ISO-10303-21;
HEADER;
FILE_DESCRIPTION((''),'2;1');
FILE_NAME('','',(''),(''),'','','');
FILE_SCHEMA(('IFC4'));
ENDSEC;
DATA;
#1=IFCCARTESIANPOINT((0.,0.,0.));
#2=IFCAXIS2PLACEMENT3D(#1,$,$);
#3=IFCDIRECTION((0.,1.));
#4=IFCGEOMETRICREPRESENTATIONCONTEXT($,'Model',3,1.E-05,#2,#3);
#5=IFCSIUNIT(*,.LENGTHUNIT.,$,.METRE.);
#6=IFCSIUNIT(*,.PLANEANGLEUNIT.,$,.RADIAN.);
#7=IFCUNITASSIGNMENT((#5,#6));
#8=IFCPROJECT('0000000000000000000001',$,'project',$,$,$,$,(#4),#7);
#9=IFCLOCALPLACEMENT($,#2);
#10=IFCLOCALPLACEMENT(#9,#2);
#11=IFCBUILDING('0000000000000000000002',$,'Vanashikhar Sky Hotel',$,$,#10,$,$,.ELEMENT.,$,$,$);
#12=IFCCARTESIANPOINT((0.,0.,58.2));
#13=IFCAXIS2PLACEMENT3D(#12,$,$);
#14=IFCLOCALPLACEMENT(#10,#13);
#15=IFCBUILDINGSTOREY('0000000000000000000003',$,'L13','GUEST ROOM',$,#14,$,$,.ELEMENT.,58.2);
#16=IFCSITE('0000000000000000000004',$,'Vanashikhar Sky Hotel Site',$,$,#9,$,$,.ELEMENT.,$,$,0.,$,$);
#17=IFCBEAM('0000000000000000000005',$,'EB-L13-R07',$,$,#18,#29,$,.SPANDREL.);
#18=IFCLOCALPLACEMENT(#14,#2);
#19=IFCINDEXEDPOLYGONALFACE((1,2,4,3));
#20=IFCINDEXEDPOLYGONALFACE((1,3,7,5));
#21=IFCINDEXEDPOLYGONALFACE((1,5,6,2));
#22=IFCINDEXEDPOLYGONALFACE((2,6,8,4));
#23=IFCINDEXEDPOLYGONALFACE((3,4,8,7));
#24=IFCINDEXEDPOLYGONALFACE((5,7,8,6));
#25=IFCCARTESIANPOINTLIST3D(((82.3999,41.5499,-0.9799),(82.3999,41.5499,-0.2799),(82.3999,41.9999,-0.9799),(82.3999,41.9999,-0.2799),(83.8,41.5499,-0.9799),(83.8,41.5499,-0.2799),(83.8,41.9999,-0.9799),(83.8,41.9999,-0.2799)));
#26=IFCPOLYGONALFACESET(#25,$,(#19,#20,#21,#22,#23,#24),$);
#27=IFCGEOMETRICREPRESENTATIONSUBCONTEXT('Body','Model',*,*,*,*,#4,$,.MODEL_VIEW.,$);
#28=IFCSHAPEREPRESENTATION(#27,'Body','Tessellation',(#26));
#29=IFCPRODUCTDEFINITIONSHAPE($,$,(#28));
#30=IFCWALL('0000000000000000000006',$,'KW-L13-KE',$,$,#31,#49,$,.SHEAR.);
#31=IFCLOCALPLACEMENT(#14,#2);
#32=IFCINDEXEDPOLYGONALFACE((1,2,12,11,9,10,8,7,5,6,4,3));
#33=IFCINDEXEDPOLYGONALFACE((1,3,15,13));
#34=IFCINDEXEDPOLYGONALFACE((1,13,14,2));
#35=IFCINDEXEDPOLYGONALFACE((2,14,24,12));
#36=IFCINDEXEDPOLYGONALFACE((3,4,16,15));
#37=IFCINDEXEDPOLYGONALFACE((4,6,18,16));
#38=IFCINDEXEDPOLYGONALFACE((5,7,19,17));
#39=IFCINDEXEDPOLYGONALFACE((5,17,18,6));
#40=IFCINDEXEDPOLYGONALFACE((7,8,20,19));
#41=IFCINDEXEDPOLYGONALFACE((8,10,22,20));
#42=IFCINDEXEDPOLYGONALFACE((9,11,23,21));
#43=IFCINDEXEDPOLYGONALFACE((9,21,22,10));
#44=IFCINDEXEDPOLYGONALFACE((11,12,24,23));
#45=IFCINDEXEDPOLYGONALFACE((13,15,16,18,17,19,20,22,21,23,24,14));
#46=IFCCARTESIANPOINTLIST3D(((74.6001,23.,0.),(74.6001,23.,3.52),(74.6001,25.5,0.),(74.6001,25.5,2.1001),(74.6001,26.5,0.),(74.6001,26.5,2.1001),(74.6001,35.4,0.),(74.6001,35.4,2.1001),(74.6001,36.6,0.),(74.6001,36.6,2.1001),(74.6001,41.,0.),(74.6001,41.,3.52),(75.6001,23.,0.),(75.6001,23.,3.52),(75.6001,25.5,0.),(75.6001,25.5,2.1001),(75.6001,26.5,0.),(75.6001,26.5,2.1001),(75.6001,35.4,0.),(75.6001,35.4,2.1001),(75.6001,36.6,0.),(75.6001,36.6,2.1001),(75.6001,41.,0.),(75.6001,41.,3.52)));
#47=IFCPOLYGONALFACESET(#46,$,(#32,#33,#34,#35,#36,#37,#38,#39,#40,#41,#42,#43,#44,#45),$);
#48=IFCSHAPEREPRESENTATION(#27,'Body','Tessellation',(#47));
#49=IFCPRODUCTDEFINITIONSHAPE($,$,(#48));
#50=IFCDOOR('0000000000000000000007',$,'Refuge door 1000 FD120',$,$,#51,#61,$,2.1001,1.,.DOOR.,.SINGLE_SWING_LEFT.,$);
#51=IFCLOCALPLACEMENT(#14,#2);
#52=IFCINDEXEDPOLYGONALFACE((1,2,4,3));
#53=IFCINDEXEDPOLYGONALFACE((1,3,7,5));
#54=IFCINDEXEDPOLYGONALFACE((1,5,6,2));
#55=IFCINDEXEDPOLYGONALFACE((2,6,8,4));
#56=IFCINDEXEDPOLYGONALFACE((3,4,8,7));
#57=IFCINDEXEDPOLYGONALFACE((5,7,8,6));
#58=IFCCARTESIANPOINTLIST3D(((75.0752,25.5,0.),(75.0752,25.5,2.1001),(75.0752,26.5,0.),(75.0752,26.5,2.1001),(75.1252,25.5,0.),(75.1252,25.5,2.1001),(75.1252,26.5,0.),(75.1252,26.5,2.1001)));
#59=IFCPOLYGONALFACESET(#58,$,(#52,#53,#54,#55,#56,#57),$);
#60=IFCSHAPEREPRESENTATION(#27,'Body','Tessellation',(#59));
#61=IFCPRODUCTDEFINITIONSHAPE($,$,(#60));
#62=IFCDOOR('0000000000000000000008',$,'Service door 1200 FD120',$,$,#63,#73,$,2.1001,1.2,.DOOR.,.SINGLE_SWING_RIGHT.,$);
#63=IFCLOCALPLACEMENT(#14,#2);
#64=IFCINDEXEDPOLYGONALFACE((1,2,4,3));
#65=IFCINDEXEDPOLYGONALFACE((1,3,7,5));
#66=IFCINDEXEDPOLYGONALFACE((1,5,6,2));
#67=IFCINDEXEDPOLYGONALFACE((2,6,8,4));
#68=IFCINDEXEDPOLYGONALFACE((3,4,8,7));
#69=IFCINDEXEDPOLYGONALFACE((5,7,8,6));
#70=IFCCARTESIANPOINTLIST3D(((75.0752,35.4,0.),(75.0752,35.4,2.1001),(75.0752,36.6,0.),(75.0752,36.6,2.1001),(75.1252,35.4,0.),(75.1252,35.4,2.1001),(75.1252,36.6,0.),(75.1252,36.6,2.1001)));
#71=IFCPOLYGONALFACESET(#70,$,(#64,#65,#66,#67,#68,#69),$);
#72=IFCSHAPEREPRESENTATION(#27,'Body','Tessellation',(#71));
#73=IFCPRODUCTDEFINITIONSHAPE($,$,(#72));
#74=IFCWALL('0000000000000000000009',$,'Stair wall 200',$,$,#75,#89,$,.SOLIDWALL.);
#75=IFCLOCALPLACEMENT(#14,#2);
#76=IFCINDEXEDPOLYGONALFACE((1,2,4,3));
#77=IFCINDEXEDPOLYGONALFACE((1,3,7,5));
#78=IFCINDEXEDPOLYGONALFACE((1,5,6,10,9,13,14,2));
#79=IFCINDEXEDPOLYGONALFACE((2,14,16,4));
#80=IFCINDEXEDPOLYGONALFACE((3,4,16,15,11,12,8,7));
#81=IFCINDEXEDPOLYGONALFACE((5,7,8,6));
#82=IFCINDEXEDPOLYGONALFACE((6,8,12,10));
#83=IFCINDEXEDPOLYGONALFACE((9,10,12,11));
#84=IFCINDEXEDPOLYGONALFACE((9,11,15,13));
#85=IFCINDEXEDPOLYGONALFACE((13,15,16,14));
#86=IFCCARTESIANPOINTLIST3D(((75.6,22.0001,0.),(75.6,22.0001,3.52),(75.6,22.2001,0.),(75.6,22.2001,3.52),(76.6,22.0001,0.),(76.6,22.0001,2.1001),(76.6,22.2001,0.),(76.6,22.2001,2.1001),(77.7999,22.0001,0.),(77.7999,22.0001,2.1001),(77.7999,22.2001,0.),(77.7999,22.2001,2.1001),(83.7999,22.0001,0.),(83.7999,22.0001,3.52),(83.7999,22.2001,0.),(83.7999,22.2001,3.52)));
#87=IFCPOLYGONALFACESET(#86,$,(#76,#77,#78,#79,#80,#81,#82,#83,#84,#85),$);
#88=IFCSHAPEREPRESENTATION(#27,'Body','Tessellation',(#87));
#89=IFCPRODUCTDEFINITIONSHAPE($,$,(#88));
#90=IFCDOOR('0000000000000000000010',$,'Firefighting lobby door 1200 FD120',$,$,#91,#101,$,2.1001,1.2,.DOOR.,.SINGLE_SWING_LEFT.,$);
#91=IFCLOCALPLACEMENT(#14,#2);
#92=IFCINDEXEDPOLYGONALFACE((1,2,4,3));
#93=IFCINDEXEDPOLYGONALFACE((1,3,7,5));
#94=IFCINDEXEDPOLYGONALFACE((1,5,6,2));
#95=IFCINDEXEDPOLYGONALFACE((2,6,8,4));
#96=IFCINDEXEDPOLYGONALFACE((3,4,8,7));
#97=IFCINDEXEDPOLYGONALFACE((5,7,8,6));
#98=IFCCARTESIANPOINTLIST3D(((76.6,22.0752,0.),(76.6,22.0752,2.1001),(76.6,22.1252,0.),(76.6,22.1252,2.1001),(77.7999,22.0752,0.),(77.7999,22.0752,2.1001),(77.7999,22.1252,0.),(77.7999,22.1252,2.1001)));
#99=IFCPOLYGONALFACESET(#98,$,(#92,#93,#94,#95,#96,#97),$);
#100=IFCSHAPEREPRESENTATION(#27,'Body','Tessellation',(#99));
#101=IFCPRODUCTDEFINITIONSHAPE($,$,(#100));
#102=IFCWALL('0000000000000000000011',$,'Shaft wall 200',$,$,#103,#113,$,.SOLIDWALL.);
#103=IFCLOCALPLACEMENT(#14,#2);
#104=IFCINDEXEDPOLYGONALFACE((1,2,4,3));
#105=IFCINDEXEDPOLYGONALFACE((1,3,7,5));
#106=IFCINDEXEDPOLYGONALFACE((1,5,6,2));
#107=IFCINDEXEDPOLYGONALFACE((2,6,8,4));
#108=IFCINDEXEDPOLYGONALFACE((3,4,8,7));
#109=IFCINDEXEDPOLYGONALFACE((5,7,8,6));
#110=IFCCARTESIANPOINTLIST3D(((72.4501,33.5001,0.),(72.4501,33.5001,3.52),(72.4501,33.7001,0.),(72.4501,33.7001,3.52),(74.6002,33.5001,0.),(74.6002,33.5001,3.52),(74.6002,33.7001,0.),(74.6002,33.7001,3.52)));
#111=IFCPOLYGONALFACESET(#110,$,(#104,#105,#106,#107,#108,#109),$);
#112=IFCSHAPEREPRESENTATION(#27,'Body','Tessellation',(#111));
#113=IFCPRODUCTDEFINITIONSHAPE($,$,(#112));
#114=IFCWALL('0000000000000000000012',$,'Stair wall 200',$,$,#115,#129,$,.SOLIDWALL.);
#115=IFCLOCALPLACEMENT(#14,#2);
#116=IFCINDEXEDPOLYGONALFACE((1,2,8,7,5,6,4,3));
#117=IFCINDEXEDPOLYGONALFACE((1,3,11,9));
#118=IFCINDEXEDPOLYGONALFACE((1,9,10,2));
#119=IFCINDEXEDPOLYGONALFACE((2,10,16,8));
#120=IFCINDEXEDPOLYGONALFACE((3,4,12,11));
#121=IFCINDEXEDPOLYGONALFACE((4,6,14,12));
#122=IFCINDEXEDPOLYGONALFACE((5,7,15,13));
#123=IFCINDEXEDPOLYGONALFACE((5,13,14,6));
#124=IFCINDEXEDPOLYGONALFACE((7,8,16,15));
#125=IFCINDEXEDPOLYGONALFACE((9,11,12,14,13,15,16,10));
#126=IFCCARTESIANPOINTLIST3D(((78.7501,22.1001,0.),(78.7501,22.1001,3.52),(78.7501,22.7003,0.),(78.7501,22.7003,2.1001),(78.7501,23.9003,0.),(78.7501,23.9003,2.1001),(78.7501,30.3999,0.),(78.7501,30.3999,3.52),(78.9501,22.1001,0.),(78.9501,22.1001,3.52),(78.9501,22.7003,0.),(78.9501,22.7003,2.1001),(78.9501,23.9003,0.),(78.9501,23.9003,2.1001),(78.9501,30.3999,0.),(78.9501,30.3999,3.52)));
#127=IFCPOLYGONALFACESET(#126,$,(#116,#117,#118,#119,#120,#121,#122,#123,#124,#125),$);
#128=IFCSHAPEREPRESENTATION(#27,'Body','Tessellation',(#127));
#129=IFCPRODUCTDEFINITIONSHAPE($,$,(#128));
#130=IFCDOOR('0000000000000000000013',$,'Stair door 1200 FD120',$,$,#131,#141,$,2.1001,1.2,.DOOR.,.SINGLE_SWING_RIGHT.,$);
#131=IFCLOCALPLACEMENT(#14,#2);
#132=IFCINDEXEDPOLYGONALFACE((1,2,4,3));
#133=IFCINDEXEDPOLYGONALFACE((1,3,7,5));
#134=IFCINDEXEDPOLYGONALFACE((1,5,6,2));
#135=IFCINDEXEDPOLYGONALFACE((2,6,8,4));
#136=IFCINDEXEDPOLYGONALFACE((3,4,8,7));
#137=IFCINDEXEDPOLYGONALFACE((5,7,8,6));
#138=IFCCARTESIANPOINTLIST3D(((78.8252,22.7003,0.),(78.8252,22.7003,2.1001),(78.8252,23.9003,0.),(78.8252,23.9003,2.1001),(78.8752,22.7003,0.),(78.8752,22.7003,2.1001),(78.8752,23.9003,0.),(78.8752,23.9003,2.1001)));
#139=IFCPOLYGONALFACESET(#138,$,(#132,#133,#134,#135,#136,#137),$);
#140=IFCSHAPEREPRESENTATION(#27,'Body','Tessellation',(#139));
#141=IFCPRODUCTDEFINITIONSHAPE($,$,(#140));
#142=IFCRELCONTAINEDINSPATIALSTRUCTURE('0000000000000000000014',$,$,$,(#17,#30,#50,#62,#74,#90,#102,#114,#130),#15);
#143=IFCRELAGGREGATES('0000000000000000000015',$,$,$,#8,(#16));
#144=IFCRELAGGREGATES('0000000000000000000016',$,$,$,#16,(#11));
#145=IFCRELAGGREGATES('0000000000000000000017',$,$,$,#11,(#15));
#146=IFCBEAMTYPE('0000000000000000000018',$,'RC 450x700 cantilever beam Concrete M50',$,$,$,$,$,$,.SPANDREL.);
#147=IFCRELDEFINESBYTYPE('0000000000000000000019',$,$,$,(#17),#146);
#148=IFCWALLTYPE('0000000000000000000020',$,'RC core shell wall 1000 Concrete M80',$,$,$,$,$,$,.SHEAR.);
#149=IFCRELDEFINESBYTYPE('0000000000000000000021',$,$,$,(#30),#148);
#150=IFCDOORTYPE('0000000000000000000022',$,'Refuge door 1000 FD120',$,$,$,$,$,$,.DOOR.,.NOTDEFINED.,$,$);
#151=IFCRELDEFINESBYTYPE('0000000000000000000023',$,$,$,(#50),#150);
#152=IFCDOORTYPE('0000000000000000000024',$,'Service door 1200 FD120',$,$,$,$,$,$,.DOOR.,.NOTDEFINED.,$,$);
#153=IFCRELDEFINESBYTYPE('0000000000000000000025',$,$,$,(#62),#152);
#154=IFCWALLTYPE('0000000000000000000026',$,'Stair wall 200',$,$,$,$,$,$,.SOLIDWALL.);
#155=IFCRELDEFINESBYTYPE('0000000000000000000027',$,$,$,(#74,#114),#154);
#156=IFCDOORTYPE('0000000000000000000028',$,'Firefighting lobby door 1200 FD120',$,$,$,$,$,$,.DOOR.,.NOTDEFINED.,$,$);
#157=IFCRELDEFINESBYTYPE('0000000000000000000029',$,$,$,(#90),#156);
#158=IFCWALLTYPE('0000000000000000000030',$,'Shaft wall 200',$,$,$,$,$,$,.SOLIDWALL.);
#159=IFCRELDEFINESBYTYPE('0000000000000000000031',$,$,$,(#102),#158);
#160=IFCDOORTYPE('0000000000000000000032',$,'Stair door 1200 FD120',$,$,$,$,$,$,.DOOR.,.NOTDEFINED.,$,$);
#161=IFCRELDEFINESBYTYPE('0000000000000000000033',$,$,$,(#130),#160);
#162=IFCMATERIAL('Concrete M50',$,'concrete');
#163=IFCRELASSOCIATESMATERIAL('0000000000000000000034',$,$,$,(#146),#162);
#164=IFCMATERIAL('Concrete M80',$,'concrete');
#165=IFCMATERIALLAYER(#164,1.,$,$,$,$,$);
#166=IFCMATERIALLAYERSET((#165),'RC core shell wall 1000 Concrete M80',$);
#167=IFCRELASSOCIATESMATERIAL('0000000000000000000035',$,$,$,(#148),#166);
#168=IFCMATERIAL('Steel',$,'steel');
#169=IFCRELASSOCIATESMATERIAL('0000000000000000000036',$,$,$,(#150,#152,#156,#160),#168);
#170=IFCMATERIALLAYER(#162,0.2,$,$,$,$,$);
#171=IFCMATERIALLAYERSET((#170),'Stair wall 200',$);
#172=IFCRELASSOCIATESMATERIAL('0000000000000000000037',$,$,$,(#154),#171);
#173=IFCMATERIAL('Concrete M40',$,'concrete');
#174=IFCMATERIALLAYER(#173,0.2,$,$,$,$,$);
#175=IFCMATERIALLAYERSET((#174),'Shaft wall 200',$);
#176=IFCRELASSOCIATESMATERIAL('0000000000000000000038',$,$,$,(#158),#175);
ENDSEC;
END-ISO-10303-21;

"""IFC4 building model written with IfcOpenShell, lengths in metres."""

from ifc_helpers import new_model, si_unit, direction, frame, frame_2d, origin, origin_2d, place, context, subcontext, project, spatial, rectangle, extrude, source, transform, mapped, material, layer, layer_set, material_profile, profile_set, type_object, element, fill, save


model = new_model("IFC4")

# Units and contexts
model_context = context("Model", 3, precision=1e-05, world=origin(), true_north=direction((0.0, 1.0)))
body_context = subcontext(model_context, "Body", "Model", "MODEL_VIEW")
ifc_project = project(units=[si_unit("LENGTHUNIT", "METRE"), si_unit("PLANEANGLEUNIT", "RADIAN")], contexts=[model_context])

# Site, building, storey
site_placement = place(None, origin())
site = spatial("IfcSite", under=ifc_project, at=site_placement, Name="Vanashikhar Sky Hotel Site", CompositionType="ELEMENT", RefElevation=0.0)
building_placement = place(site_placement, origin())
building = spatial("IfcBuilding", under=site, at=building_placement, Name="Vanashikhar Sky Hotel", CompositionType="ELEMENT")
storey_placement = place(building_placement, frame((0.0, 0.0, 58.2)))
storey = spatial("IfcBuildingStorey", under=building, at=storey_placement, Name="L13", Description="GUEST ROOM", CompositionType="ELEMENT", Elevation=58.2)

# Beam
ifc_material_1 = material(Name="Concrete M50", Category="concrete")
ifc_material_profile = material_profile(ifc_material_1, rectangle(XDim=0.45, YDim=0.7, at=origin_2d()))
ifc_profile_set = profile_set([ifc_material_profile], Name="RC 450x700 cantilever beam Concrete M50")
beam_type = type_object("IfcBeamType", Name="RC 450x700 cantilever beam Concrete M50", PredefinedType="SPANDREL", material=ifc_profile_set)
shared_shape_1 = source(origin(), body_context, "Body", "SweptSolid", [
    extrude(rectangle(XDim=0.45, YDim=0.7, at=origin_2d()), origin(), (0.0, 0.0, 1.0), 1.4001),
])
beam_placement = place(storey_placement, frame((82.3999, 41.7749, -0.6299), z_axis=(1.0, 0.0, 0.0), x_axis=(0.0, 1.0, 0.0)))
element("IfcBeam", 1, at=beam_placement, inside=storey, type_object=beam_type, Name="EB-L13-R07", PredefinedType="SPANDREL", context=body_context, shape_type="MappedRepresentation", body=[
    mapped(shared_shape_1, transform((0.0, 0.0, 0.0), scale=1.0)),
])

# Wall, openings, doors
ifc_material_2 = material(Name="Concrete M80", Category="concrete")
ifc_layer_1 = layer(ifc_material_2, 1.0)
ifc_layer_set_1 = layer_set([ifc_layer_1], Name="RC core shell wall 1000 Concrete M80")
wall_type_1 = type_object("IfcWallType", Name="RC core shell wall 1000 Concrete M80", PredefinedType="SHEAR", material=ifc_layer_set_1)
shared_shape_2 = source(origin(), body_context, "Body", "SweptSolid", [
    extrude(rectangle(XDim=18.0, YDim=1.0, at=frame_2d((9.0, 0.0))), origin(), (0.0, 0.0, 1.0), 3.52),
])
wall_1_placement = place(storey_placement, frame((75.1001, 23.0, 0.0), z_axis=(0.0, 0.0, 1.0), x_axis=(0.0, 1.0, 0.0)))
wall_1 = element("IfcWall", 2, at=wall_1_placement, inside=storey, type_object=wall_type_1, Name="KW-L13-KE", PredefinedType="SHEAR", context=body_context, shape_type="MappedRepresentation", body=[
    mapped(shared_shape_2, transform((0.0, 0.0, 0.0), scale=1.0)),
])
shared_shape_3 = source(origin(), body_context, "Body", "SweptSolid", [
    extrude(rectangle(XDim=1.0, YDim=2.1001, at=frame_2d((0.5, 1.05))), frame((0.0, 0.51, 0.0), z_axis=(0.0, -1.0, 0.0), x_axis=(1.0, 0.0, 0.0)), (0.0, 0.0, 1.0), 1.02),
])
opening_1_placement = place(wall_1_placement, frame((2.5, 0.0, 0.0)))
opening_1 = element("IfcOpeningElement", 3, at=opening_1_placement, cuts=wall_1, PredefinedType="OPENING", context=body_context, shape_type="MappedRepresentation", body=[
    mapped(shared_shape_3, transform((0.0, 0.0, 0.0), scale=1.0)),
])
shared_shape_4 = source(origin(), body_context, "Body", "SweptSolid", [
    extrude(rectangle(XDim=1.2, YDim=2.1001, at=frame_2d((0.6001, 1.05))), frame((0.0, 0.51, 0.0), z_axis=(0.0, -1.0, 0.0), x_axis=(1.0, 0.0, 0.0)), (0.0, 0.0, 1.0), 1.02),
])
opening_2_placement = place(wall_1_placement, frame((12.3999, 0.0, 0.0)))
opening_2 = element("IfcOpeningElement", 4, at=opening_2_placement, cuts=wall_1, PredefinedType="OPENING", context=body_context, shape_type="MappedRepresentation", body=[
    mapped(shared_shape_4, transform((0.0, 0.0, 0.0), scale=1.0)),
])
ifc_material_3 = material(Name="Steel", Category="steel")
door_type_1 = type_object("IfcDoorType", Name="Refuge door 1000 FD120", OperationType="NOTDEFINED", PredefinedType="DOOR", material=ifc_material_3)
shared_shape_5 = source(origin(), body_context, "Body", "SweptSolid", [
    extrude(rectangle(XDim=1.0, YDim=2.1001, at=frame_2d((0.5, 1.05))), frame((0.0, 0.0249, 0.0), z_axis=(0.0, -1.0, 0.0), x_axis=(1.0, 0.0, 0.0)), (0.0, 0.0, 1.0), 0.05),
])
door_1_placement = place(opening_1_placement, origin())
door_1 = element("IfcDoor", 5, at=door_1_placement, inside=storey, type_object=door_type_1, Name="Refuge door 1000 FD120", OperationType="SINGLE_SWING_LEFT", OverallHeight=2.1001, OverallWidth=1.0, PredefinedType="DOOR", context=body_context, shape_type="MappedRepresentation", body=[
    mapped(shared_shape_5, transform((0.0, 0.0, 0.0), scale=1.0)),
])
fill(opening_1, door_1)
door_type_2 = type_object("IfcDoorType", Name="Service door 1200 FD120", OperationType="NOTDEFINED", PredefinedType="DOOR", material=ifc_material_3)
shared_shape_6 = source(origin(), body_context, "Body", "SweptSolid", [
    extrude(rectangle(XDim=1.2, YDim=2.1001, at=frame_2d((0.6001, 1.05))), frame((0.0, 0.0249, 0.0), z_axis=(0.0, -1.0, 0.0), x_axis=(1.0, 0.0, 0.0)), (0.0, 0.0, 1.0), 0.05),
])
door_2_placement = place(opening_2_placement, origin())
door_2 = element("IfcDoor", 6, at=door_2_placement, inside=storey, type_object=door_type_2, Name="Service door 1200 FD120", OperationType="SINGLE_SWING_RIGHT", OverallHeight=2.1001, OverallWidth=1.2, PredefinedType="DOOR", context=body_context, shape_type="MappedRepresentation", body=[
    mapped(shared_shape_6, transform((0.0, 0.0, 0.0), scale=1.0)),
])
fill(opening_2, door_2)

# Wall, opening, door
ifc_layer_2 = layer(ifc_material_1, 0.2)
ifc_layer_set_2 = layer_set([ifc_layer_2], Name="Stair wall 200")
wall_type_2 = type_object("IfcWallType", Name="Stair wall 200", PredefinedType="SOLIDWALL", material=ifc_layer_set_2)
shared_shape_7 = source(origin(), body_context, "Body", "SweptSolid", [
    extrude(rectangle(XDim=8.2, YDim=0.2, at=frame_2d((4.1001, 0.0))), origin(), (0.0, 0.0, 1.0), 3.52),
])
wall_2_placement = place(storey_placement, frame((83.8, 22.1001, 0.0), z_axis=(0.0, 0.0, 1.0), x_axis=(-1.0, 0.0, 0.0)))
wall_2 = element("IfcWall", 7, at=wall_2_placement, inside=storey, type_object=wall_type_2, Name="Stair wall 200", PredefinedType="SOLIDWALL", context=body_context, shape_type="MappedRepresentation", body=[
    mapped(shared_shape_7, transform((0.0, 0.0, 0.0), scale=1.0)),
])
shared_shape_8 = source(origin(), body_context, "Body", "SweptSolid", [
    extrude(rectangle(XDim=1.2, YDim=2.1001, at=frame_2d((0.6001, 1.05))), frame((0.0, 0.1099, 0.0), z_axis=(0.0, -1.0, 0.0), x_axis=(1.0, 0.0, 0.0)), (0.0, 0.0, 1.0), 0.22),
])
opening_3_placement = place(wall_2_placement, frame((6.0, 0.0, 0.0)))
opening_3 = element("IfcOpeningElement", 8, at=opening_3_placement, cuts=wall_2, PredefinedType="OPENING", context=body_context, shape_type="MappedRepresentation", body=[
    mapped(shared_shape_8, transform((0.0, 0.0, 0.0), scale=1.0)),
])
door_type_3 = type_object("IfcDoorType", Name="Firefighting lobby door 1200 FD120", OperationType="NOTDEFINED", PredefinedType="DOOR", material=ifc_material_3)
door_3_placement = place(opening_3_placement, origin())
door_3 = element("IfcDoor", 9, at=door_3_placement, inside=storey, type_object=door_type_3, Name="Firefighting lobby door 1200 FD120", OperationType="SINGLE_SWING_LEFT", OverallHeight=2.1001, OverallWidth=1.2, PredefinedType="DOOR", context=body_context, shape_type="MappedRepresentation", body=[
    mapped(shared_shape_6, transform((0.0, 0.0, 0.0), scale=1.0)),
])
fill(opening_3, door_3)

# Wall
ifc_material_4 = material(Name="Concrete M40", Category="concrete")
ifc_layer_3 = layer(ifc_material_4, 0.2)
ifc_layer_set_3 = layer_set([ifc_layer_3], Name="Shaft wall 200")
wall_type_3 = type_object("IfcWallType", Name="Shaft wall 200", PredefinedType="SOLIDWALL", material=ifc_layer_set_3)
shared_shape_9 = source(origin(), body_context, "Body", "SweptSolid", [
    extrude(rectangle(XDim=2.1501, YDim=0.2, at=frame_2d((1.0752, 0.0))), origin(), (0.0, 0.0, 1.0), 3.52),
])
wall_3_placement = place(storey_placement, frame((72.45, 33.6001, 0.0), z_axis=(0.0, 0.0, 1.0), x_axis=(1.0, 0.0, 0.0)))
element("IfcWall", 10, at=wall_3_placement, inside=storey, type_object=wall_type_3, Name="Shaft wall 200", PredefinedType="SOLIDWALL", context=body_context, shape_type="MappedRepresentation", body=[
    mapped(shared_shape_9, transform((0.0, 0.0, 0.0), scale=1.0)),
])

# Wall, opening, door
shared_shape_10 = source(origin(), body_context, "Body", "SweptSolid", [
    extrude(rectangle(XDim=8.2998, YDim=0.2, at=frame_2d((4.1499, 0.0))), origin(), (0.0, 0.0, 1.0), 3.52),
])
wall_4_placement = place(storey_placement, frame((78.8501, 22.1001, 0.0), z_axis=(0.0, 0.0, 1.0), x_axis=(0.0, 1.0, 0.0)))
wall_4 = element("IfcWall", 11, at=wall_4_placement, inside=storey, type_object=wall_type_2, Name="Stair wall 200", PredefinedType="SOLIDWALL", context=body_context, shape_type="MappedRepresentation", body=[
    mapped(shared_shape_10, transform((0.0, 0.0, 0.0), scale=1.0)),
])
opening_4_placement = place(wall_4_placement, frame((0.6001, 0.0, 0.0)))
opening_4 = element("IfcOpeningElement", 12, at=opening_4_placement, cuts=wall_4, PredefinedType="OPENING", context=body_context, shape_type="MappedRepresentation", body=[
    mapped(shared_shape_8, transform((0.0, 0.0, 0.0), scale=1.0)),
])
door_type_4 = type_object("IfcDoorType", Name="Stair door 1200 FD120", OperationType="NOTDEFINED", PredefinedType="DOOR", material=ifc_material_3)
door_4_placement = place(opening_4_placement, origin())
door_4 = element("IfcDoor", 13, at=door_4_placement, inside=storey, type_object=door_type_4, Name="Stair door 1200 FD120", OperationType="SINGLE_SWING_RIGHT", OverallHeight=2.1001, OverallWidth=1.2, PredefinedType="DOOR", context=body_context, shape_type="MappedRepresentation", body=[
    mapped(shared_shape_6, transform((0.0, 0.0, 0.0), scale=1.0)),
])
fill(opening_4, door_4)

save(model, "model.ifc")
